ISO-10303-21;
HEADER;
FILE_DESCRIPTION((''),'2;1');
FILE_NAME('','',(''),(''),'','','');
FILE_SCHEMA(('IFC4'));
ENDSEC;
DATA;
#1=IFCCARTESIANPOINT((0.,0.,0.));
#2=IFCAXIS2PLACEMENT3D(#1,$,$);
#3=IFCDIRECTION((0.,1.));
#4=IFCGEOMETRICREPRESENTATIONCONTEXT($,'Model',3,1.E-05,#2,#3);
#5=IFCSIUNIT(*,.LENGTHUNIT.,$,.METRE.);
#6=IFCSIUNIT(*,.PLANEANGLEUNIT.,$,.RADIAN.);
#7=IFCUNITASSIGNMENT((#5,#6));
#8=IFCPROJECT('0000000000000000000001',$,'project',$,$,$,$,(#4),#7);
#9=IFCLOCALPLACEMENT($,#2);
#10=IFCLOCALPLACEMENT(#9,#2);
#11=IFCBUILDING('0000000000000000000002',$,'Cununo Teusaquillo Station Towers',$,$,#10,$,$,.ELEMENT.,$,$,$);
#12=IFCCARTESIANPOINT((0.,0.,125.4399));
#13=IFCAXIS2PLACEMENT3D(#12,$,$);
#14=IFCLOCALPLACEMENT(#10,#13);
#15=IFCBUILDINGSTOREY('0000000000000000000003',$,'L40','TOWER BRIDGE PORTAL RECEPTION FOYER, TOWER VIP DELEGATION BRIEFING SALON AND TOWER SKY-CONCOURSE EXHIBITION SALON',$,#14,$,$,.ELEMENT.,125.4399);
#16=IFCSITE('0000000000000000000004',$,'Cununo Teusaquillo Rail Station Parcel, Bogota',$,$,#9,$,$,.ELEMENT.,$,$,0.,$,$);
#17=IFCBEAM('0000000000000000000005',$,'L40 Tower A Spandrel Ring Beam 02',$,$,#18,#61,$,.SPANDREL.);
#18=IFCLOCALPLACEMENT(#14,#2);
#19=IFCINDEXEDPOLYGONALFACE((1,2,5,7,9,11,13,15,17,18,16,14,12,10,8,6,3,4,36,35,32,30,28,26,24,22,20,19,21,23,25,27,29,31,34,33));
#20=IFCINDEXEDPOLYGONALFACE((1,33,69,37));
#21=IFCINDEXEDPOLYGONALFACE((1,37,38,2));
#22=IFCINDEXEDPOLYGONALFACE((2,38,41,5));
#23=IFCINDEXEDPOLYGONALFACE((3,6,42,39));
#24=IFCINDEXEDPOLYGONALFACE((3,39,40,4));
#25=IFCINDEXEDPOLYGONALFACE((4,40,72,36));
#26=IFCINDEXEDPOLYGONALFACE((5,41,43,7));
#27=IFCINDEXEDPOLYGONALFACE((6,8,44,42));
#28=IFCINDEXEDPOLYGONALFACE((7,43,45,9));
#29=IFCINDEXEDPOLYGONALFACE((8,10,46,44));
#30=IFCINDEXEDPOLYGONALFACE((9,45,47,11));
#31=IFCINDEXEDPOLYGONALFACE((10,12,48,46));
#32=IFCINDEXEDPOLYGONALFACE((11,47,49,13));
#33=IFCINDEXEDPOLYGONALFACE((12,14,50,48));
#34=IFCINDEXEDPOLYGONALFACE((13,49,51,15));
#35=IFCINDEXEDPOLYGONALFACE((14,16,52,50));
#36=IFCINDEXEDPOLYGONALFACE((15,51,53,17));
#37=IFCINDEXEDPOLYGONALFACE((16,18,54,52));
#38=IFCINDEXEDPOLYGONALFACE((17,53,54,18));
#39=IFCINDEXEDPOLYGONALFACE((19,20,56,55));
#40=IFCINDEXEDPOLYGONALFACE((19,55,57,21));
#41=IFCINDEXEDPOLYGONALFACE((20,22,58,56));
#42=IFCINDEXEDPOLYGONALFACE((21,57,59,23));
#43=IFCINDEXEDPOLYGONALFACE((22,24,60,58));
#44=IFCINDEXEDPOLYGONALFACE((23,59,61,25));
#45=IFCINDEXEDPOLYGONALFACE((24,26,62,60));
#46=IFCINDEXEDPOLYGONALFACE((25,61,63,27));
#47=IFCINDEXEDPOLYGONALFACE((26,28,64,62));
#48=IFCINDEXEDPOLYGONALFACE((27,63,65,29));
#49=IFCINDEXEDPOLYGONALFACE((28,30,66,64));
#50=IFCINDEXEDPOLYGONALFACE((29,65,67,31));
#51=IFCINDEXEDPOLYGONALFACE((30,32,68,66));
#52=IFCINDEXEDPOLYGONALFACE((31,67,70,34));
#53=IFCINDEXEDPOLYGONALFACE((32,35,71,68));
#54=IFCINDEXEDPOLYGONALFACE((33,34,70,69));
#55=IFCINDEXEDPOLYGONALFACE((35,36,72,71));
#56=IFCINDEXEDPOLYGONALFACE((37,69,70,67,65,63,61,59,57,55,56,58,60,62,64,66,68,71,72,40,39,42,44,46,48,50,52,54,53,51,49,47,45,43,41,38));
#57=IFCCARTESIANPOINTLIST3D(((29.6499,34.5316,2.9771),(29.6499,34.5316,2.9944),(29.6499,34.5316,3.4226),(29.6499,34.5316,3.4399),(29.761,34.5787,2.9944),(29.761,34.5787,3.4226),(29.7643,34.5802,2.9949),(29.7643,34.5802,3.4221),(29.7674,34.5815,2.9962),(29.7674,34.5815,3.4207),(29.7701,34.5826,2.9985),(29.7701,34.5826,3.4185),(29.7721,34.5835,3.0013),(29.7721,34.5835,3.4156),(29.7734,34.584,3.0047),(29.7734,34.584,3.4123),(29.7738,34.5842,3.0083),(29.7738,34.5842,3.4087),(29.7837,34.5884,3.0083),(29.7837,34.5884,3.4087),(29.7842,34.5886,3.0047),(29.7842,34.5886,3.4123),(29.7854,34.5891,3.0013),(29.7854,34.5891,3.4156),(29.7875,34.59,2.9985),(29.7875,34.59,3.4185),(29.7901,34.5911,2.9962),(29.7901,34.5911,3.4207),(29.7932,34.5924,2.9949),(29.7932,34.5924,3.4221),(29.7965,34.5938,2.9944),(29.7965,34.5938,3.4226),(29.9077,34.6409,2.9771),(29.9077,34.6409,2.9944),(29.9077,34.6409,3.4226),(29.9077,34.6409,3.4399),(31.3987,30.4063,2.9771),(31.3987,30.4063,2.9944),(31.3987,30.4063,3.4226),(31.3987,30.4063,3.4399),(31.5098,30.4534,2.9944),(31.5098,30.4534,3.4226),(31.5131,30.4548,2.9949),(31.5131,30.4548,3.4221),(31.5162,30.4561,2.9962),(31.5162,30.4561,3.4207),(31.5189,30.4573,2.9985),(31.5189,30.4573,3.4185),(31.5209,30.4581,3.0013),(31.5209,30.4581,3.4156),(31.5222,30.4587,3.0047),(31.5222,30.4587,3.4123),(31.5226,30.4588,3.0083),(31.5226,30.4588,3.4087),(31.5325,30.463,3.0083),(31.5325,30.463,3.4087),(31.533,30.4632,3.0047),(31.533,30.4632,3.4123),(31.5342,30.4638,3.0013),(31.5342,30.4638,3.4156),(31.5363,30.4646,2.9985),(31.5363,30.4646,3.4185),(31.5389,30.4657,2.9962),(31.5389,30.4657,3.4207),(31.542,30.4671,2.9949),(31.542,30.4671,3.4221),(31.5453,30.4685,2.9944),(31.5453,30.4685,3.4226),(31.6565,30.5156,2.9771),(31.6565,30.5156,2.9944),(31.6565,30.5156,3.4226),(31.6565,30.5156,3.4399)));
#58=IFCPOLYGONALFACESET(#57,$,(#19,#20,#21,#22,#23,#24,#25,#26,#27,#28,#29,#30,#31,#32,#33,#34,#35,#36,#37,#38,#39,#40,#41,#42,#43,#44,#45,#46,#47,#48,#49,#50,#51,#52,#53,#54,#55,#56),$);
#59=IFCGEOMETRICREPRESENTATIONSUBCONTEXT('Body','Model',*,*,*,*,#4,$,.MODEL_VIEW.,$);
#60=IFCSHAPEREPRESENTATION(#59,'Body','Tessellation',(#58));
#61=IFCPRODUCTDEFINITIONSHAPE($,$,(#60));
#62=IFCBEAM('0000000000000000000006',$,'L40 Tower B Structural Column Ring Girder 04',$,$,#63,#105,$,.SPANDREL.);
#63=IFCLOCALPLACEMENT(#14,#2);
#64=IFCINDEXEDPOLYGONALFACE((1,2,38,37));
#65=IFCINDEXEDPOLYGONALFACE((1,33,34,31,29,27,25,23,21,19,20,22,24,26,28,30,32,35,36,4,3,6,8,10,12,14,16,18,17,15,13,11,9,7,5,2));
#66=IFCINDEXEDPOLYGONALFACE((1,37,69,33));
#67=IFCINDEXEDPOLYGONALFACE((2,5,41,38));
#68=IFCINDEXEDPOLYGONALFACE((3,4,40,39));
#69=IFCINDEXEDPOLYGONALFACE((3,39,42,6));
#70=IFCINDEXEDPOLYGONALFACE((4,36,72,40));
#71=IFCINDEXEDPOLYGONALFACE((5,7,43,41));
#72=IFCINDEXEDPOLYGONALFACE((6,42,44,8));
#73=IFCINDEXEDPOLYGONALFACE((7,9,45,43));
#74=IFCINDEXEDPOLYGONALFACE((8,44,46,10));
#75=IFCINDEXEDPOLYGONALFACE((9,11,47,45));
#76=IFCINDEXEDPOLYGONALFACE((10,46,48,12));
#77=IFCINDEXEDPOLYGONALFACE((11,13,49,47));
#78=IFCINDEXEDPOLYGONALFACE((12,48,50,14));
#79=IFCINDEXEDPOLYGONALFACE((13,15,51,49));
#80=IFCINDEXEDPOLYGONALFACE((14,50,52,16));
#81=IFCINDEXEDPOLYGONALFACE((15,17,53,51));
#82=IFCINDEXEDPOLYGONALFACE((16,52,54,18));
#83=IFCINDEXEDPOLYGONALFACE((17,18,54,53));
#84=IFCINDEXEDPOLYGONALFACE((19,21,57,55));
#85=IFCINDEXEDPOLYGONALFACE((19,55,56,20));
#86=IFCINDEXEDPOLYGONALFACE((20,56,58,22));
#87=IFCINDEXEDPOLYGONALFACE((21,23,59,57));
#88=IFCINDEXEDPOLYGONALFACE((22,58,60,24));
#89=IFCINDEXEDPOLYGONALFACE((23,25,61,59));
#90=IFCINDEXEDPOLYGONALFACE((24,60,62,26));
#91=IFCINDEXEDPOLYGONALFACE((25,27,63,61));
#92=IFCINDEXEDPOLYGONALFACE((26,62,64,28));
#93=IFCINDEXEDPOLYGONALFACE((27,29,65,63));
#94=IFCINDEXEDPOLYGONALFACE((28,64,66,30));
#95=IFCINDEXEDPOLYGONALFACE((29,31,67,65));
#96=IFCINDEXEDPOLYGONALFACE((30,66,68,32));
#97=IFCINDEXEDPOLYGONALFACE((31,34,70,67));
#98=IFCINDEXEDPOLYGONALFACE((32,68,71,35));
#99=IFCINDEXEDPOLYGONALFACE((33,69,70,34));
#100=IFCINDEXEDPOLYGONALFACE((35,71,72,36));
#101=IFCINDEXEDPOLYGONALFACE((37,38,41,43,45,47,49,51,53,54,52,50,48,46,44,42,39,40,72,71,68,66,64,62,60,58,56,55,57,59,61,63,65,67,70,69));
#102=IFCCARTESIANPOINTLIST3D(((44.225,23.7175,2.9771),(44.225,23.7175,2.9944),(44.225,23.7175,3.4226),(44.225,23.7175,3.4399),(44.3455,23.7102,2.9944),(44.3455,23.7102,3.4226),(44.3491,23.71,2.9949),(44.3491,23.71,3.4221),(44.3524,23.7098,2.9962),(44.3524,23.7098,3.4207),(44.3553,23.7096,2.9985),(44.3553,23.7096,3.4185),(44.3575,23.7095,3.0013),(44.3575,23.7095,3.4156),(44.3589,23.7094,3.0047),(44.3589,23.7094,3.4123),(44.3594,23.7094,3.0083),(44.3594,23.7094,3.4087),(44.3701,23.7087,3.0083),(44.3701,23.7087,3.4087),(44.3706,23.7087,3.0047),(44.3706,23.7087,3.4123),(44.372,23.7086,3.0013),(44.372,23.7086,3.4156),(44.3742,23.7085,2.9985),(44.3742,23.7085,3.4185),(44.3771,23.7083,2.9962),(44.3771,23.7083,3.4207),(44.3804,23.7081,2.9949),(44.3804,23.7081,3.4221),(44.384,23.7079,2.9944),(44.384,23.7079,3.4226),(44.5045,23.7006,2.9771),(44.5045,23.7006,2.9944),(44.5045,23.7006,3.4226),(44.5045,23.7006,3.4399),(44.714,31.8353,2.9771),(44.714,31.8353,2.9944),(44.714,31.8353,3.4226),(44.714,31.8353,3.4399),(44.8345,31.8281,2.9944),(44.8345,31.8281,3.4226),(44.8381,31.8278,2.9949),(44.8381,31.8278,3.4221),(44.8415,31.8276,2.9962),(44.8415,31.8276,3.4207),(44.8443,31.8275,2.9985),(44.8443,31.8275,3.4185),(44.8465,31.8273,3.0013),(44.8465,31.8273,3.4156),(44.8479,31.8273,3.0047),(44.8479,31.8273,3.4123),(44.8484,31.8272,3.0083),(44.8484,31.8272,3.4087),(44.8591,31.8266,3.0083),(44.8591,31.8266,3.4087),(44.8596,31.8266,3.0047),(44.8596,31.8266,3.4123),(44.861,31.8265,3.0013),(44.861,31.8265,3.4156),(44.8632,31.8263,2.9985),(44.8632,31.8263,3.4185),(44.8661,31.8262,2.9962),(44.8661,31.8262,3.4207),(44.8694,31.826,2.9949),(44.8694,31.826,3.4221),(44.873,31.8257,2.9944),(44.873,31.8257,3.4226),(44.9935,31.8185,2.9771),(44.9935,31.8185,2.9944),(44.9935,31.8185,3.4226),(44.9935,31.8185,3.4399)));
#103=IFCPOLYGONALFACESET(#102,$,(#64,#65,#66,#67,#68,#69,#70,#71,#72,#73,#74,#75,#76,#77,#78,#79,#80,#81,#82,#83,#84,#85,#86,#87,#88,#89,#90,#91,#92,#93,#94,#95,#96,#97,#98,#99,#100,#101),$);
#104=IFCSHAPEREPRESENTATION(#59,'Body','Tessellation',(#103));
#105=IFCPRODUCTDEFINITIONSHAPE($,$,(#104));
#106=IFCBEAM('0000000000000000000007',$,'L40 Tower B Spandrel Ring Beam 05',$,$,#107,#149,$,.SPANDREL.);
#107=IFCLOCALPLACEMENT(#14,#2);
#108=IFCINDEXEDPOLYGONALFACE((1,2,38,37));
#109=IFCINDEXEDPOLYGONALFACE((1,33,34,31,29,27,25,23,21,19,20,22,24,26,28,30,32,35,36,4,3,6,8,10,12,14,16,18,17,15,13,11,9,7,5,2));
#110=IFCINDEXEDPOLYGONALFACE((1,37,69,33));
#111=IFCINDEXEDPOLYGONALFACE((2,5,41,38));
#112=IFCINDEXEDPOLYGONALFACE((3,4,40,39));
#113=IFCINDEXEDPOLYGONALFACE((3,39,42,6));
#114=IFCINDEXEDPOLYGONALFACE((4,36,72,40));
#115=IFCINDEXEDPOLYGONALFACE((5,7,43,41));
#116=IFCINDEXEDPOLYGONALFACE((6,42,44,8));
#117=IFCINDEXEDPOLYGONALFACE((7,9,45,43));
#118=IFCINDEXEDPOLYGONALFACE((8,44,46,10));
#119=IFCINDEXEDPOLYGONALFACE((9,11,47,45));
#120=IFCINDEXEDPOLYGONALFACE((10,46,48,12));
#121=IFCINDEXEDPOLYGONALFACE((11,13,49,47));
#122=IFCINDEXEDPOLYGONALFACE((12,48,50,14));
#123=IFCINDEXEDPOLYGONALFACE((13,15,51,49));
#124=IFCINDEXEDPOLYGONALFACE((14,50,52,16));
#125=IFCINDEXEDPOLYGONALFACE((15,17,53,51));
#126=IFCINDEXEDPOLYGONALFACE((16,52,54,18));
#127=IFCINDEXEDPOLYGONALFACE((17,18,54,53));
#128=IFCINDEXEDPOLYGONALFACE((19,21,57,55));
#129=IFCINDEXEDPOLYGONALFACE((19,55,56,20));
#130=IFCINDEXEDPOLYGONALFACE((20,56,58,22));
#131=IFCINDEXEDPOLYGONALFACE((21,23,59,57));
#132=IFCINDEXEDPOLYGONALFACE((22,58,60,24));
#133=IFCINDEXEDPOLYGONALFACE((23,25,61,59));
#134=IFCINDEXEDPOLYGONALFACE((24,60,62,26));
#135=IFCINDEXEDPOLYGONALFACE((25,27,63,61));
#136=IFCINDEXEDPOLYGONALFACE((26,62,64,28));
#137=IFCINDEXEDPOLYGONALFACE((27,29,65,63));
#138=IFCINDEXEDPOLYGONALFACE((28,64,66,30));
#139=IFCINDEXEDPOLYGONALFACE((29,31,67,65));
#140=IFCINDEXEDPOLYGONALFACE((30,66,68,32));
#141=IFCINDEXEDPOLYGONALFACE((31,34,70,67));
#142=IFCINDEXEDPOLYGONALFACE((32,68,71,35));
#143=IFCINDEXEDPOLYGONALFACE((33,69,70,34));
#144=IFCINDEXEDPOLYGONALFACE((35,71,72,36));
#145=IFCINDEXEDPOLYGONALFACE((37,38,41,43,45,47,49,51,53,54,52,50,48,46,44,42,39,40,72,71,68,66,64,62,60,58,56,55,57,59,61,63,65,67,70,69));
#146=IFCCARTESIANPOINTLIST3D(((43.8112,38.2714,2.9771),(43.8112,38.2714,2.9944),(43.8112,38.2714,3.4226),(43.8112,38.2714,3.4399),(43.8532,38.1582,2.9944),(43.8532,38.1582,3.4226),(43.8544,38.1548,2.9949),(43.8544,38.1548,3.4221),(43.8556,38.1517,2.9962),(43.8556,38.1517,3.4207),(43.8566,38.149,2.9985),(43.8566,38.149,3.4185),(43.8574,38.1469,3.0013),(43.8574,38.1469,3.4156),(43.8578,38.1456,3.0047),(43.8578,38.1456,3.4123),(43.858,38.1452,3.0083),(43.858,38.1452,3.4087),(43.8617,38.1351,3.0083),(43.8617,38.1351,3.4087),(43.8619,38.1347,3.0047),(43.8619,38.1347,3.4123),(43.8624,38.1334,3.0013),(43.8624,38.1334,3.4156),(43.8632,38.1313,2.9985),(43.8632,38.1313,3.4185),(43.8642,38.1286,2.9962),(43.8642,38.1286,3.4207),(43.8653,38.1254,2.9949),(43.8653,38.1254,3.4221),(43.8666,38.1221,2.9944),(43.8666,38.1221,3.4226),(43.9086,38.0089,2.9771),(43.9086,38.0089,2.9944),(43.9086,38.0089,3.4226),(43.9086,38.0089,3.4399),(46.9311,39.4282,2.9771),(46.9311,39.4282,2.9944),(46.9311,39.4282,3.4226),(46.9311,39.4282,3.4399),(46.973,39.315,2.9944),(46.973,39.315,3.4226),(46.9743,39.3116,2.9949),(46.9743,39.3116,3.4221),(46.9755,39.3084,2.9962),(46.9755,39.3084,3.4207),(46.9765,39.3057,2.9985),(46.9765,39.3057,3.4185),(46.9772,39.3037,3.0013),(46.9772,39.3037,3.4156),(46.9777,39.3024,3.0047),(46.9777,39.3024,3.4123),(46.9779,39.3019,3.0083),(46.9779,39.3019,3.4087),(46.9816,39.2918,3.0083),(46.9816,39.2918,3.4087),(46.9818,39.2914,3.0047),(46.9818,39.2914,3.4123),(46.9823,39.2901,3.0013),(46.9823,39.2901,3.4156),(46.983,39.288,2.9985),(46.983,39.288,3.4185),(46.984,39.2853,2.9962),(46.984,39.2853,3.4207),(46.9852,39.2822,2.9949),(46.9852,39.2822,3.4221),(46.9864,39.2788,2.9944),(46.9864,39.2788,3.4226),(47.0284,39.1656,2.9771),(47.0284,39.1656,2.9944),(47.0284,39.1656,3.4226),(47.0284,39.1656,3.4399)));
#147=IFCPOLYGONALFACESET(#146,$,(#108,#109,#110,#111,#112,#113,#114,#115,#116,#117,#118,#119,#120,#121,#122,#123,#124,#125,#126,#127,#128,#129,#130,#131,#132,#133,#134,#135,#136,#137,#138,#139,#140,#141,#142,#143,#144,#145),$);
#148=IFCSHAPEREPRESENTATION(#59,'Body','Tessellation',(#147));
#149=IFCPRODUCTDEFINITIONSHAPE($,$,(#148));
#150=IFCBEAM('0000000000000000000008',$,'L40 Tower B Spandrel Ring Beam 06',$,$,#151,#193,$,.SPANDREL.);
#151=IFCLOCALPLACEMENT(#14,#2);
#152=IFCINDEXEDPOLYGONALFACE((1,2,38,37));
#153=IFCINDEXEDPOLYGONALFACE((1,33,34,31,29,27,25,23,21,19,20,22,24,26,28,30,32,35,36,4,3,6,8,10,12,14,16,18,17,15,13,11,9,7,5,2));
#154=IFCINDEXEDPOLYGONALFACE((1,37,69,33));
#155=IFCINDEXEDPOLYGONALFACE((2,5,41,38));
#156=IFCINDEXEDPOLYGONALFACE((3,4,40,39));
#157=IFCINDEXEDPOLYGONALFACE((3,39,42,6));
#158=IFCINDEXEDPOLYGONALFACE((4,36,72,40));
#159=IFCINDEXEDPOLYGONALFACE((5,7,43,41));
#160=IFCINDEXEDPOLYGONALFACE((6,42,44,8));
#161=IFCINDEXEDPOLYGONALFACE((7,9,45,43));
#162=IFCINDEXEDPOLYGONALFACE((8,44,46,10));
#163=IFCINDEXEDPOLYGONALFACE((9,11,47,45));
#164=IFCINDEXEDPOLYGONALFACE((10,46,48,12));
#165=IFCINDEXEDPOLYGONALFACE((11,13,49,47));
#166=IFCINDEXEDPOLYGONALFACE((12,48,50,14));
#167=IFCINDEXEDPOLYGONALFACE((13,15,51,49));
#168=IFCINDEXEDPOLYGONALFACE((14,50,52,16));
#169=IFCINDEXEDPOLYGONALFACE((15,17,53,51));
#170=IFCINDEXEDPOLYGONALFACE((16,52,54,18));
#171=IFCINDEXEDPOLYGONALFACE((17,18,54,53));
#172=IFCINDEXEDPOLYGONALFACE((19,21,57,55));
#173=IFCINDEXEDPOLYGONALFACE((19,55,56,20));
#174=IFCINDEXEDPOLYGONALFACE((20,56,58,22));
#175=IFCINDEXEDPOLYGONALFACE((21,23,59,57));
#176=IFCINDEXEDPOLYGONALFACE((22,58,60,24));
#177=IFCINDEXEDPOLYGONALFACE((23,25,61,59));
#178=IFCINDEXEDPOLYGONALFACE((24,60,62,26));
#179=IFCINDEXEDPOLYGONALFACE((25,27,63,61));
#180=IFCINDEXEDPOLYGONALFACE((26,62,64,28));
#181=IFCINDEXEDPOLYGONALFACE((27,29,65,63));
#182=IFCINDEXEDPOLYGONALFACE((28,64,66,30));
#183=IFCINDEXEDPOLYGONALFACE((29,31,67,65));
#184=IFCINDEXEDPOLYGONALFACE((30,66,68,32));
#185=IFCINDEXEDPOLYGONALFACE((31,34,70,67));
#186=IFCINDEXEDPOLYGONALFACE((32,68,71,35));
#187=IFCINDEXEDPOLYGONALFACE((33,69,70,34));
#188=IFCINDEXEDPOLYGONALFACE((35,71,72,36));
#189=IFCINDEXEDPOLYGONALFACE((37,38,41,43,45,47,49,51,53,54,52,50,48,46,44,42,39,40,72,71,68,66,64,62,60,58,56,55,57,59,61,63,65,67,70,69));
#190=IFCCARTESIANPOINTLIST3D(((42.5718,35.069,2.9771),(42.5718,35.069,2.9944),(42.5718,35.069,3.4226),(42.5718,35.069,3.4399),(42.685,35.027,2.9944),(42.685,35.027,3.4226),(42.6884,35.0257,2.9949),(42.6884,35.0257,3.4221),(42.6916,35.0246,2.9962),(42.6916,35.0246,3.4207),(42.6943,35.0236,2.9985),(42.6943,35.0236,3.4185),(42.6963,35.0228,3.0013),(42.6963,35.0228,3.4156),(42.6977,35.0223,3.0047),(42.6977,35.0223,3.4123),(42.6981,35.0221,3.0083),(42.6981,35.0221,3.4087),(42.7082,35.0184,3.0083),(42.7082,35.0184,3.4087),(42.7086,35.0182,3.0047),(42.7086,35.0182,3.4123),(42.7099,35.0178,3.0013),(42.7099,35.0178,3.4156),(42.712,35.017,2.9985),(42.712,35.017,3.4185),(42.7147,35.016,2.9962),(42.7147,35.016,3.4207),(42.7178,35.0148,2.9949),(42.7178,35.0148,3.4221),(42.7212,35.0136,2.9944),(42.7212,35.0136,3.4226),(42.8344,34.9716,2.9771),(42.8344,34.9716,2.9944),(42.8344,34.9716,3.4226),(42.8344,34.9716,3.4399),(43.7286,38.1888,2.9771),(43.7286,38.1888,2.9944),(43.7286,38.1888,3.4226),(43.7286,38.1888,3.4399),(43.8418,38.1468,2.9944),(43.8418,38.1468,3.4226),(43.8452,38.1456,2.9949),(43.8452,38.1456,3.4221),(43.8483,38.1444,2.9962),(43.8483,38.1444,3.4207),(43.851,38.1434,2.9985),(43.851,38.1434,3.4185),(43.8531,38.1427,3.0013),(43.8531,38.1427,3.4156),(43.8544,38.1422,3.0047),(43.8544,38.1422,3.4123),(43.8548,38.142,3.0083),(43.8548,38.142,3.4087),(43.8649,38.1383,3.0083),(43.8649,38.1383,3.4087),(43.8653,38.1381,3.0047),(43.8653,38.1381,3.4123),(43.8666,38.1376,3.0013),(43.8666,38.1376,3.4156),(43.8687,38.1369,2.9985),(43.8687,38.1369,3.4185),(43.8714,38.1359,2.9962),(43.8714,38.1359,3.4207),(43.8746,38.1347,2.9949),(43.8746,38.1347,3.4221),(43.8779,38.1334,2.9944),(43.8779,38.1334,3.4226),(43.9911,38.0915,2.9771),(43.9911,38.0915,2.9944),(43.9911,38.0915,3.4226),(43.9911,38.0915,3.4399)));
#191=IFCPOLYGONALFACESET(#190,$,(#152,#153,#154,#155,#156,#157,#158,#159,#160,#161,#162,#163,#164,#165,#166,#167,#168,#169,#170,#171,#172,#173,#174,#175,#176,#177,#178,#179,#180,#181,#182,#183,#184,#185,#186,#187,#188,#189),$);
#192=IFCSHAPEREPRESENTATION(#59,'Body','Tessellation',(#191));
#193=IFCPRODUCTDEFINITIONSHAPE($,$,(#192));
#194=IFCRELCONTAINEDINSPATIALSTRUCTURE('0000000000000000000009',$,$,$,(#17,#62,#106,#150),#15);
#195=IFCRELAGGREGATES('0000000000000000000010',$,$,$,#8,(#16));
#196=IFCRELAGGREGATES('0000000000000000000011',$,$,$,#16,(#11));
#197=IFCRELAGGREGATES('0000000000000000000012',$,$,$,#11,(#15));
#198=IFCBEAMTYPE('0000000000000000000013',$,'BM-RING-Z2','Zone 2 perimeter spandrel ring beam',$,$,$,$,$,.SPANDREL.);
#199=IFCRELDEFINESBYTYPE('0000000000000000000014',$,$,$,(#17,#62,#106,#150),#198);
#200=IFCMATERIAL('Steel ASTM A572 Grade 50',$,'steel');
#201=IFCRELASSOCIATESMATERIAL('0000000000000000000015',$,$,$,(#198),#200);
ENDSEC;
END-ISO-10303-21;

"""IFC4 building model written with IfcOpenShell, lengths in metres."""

from ifc_helpers import new_model, si_unit, direction, frame, origin, origin_2d, place, context, subcontext, project, spatial, i_section, extrude, material, material_profile, profile_set, type_object, element, save


model = new_model("IFC4")

# Units and contexts
model_context = context("Model", 3, precision=1e-05, world=origin(), true_north=direction((0.0, 1.0)))
body_context = subcontext(model_context, "Body", "Model", "MODEL_VIEW")
ifc_project = project(units=[si_unit("LENGTHUNIT", "METRE"), si_unit("PLANEANGLEUNIT", "RADIAN")], contexts=[model_context])

# Site, building, storey
site_placement = place(None, origin())
site = spatial("IfcSite", under=ifc_project, at=site_placement, Name="Cununo Teusaquillo Rail Station Parcel, Bogota", CompositionType="ELEMENT", RefElevation=0.0)
building_placement = place(site_placement, origin())
building = spatial("IfcBuilding", under=site, at=building_placement, Name="Cununo Teusaquillo Station Towers", CompositionType="ELEMENT")
storey_placement = place(building_placement, frame((0.0, 0.0, 125.4399)))
storey = spatial("IfcBuildingStorey", under=building, at=storey_placement, Name="L40", Description="TOWER BRIDGE PORTAL RECEPTION FOYER, TOWER VIP DELEGATION BRIEFING SALON AND TOWER SKY-CONCOURSE EXHIBITION SALON", CompositionType="ELEMENT", Elevation=125.4399)

# Beams
ifc_material_1 = material(Name="Steel ASTM A572 Grade 50", Category="steel")
ifc_material_profile_1 = material_profile(ifc_material_1, i_section(OverallWidth=0.28, OverallDepth=0.4629, WebThickness=0.0107, FlangeThickness=0.0173, FilletRadius=0.0139, at=origin_2d()), Name="W18X76")
ifc_profile_set_1 = profile_set([ifc_material_profile_1], Name="Steel ASTM A572 Grade 50")
beam_type_1 = type_object("IfcBeamType", Name="BM-RING-Z2", Description="Zone 2 perimeter spandrel ring beam", PredefinedType="SPANDREL", material=ifc_profile_set_1)
beam_1_placement = place(storey_placement, frame((31.5276, 30.4609, 3.2085), z_axis=(-0.390299, 0.920688, 0.0), x_axis=(-0.920688, -0.390299, 0.0)))
element("IfcBeam", 1, at=beam_1_placement, inside=storey, type_object=beam_type_1, Name="L40 Tower A Spandrel Ring Beam 02", PredefinedType="SPANDREL", context=body_context, shape_type="SweptSolid", body=[
    extrude(i_section(OverallWidth=0.28, OverallDepth=0.4629, WebThickness=0.0107, FlangeThickness=0.0173, FilletRadius=0.0139, at=origin_2d()), origin(), (0.0, 0.0, 1.0), 4.4807),
])
beam_2_placement = place(storey_placement, frame((44.8538, 31.8269, 3.2085), z_axis=(-0.06013, -0.998191, 0.0), x_axis=(0.998191, -0.06013, 0.0)))
element("IfcBeam", 2, at=beam_2_placement, inside=storey, type_object=beam_type_1, Name="L40 Tower B Structural Column Ring Girder 04", PredefinedType="SPANDREL", context=body_context, shape_type="SweptSolid", body=[
    extrude(i_section(OverallWidth=0.28, OverallDepth=0.4629, WebThickness=0.0107, FlangeThickness=0.0173, FilletRadius=0.0139, at=origin_2d()), origin(), (0.0, 0.0, 1.0), 8.1326),
])
for number, where, z_axis, x_axis, name in (
    (3, (46.9797, 39.2969, 3.2085), (-0.937628, -0.347639, 0.0), (0.347639, -0.937628, 0.0), "L40 Tower B Spandrel Ring Beam 05"),
    (4, (43.8599, 38.1401, 3.2085), (-0.347639, -0.937628, 0.0), (0.937628, -0.347639, 0.0), "L40 Tower B Spandrel Ring Beam 06"),
):
    element("IfcBeam", number, at=place(storey_placement, frame(where, z_axis=z_axis, x_axis=x_axis)), inside=storey, type_object=beam_type_1, Name=name, PredefinedType="SPANDREL", context=body_context, shape_type="SweptSolid", body=[
        extrude(i_section(OverallWidth=0.28, OverallDepth=0.4629, WebThickness=0.0107, FlangeThickness=0.0173, FilletRadius=0.0139, at=origin_2d()), origin(), (0.0, 0.0, 1.0), 3.3274),
    ])

save(model, "model.ifc")
